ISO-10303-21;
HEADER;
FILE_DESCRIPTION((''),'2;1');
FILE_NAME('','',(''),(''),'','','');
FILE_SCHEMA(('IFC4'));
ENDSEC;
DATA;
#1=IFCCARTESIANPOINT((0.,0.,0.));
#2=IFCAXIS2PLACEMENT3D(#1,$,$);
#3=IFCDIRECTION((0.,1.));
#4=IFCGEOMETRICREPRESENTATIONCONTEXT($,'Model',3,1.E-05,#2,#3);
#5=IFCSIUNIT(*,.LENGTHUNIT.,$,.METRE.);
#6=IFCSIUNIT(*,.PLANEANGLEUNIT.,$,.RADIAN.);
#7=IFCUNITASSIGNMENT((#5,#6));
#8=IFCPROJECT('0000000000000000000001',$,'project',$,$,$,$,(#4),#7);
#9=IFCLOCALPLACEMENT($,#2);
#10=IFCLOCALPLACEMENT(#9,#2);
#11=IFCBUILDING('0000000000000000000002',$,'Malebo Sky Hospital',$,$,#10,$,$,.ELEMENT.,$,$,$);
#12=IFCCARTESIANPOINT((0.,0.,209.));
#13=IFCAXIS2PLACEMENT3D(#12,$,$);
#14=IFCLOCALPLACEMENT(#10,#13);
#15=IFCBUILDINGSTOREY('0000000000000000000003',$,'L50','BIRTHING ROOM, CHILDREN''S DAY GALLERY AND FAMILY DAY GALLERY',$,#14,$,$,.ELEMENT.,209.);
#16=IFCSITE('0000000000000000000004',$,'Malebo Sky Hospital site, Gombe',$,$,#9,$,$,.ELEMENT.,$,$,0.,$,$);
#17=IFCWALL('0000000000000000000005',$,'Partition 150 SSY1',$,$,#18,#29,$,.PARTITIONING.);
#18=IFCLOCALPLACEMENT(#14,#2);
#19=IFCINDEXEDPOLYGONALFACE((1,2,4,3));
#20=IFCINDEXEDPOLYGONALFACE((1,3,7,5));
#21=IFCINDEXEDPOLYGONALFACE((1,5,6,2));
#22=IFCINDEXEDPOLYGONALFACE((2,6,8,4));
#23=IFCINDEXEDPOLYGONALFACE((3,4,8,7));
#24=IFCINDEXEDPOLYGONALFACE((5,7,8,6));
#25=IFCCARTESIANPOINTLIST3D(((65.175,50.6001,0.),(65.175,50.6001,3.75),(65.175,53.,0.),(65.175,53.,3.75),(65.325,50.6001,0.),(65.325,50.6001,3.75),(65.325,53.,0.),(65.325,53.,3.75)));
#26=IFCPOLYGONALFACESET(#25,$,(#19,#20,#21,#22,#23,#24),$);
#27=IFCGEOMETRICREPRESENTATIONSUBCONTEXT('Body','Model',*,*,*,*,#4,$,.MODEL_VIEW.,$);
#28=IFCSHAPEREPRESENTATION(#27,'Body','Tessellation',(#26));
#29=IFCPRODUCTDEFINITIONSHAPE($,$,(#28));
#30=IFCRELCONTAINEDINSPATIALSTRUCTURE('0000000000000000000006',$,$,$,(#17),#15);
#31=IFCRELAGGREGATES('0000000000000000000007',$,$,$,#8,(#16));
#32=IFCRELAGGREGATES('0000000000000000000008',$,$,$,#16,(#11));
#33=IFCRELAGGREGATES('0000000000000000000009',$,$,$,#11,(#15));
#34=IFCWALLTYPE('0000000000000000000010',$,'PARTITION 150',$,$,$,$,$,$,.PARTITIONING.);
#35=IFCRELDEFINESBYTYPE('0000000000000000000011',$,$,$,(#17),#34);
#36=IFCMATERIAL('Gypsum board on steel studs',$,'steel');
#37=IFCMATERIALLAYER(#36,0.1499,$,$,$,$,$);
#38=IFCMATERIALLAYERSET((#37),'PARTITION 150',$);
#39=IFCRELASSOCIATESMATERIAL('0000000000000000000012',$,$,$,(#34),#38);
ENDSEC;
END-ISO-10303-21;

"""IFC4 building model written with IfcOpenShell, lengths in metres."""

from ifc_helpers import new_model, si_unit, direction, frame, frame_2d, origin, place, context, subcontext, project, spatial, rectangle, extrude, material, layer, layer_set, type_object, element, save


model = new_model("IFC4")

# Units and contexts
model_context = context("Model", 3, precision=1e-05, world=origin(), true_north=direction((0.0, 1.0)))
body_context = subcontext(model_context, "Body", "Model", "MODEL_VIEW")
ifc_project = project(units=[si_unit("LENGTHUNIT", "METRE"), si_unit("PLANEANGLEUNIT", "RADIAN")], contexts=[model_context])

# Site, building, storey
site_placement = place(None, origin())
site = spatial("IfcSite", under=ifc_project, at=site_placement, Name="Malebo Sky Hospital site, Gombe", CompositionType="ELEMENT", RefElevation=0.0)
building_placement = place(site_placement, origin())
building = spatial("IfcBuilding", under=site, at=building_placement, Name="Malebo Sky Hospital", CompositionType="ELEMENT")
storey_placement = place(building_placement, frame((0.0, 0.0, 209.0)))
storey = spatial("IfcBuildingStorey", under=building, at=storey_placement, Name="L50", Description="BIRTHING ROOM, CHILDREN'S DAY GALLERY AND FAMILY DAY GALLERY", CompositionType="ELEMENT", Elevation=209.0)

# Shared definitions
ifc_material_1 = material(Name="Gypsum board on steel studs", Category="steel")

# Shared definitions
ifc_layer_1 = layer(ifc_material_1, 0.1499)
ifc_layer_set_1 = layer_set([ifc_layer_1], Name="PARTITION 150")
wall_type_1 = type_object("IfcWallType", Name="PARTITION 150", PredefinedType="PARTITIONING", material=ifc_layer_set_1)

# Wall
wall_1_placement = place(storey_placement, frame((65.25, 53.0, 0.0), z_axis=(0.0, 0.0, 1.0), x_axis=(0.0, -1.0, 0.0)))
element("IfcWall", 1, at=wall_1_placement, inside=storey, type_object=wall_type_1, Name="Partition 150 SSY1", PredefinedType="PARTITIONING", context=body_context, shape_type="SweptSolid", body=[
    extrude(rectangle(XDim=2.3999, YDim=0.1499, at=frame_2d((1.2, 0.0))), origin(), (0.0, 0.0, 1.0), 3.75),
])

save(model, "model.ifc")
